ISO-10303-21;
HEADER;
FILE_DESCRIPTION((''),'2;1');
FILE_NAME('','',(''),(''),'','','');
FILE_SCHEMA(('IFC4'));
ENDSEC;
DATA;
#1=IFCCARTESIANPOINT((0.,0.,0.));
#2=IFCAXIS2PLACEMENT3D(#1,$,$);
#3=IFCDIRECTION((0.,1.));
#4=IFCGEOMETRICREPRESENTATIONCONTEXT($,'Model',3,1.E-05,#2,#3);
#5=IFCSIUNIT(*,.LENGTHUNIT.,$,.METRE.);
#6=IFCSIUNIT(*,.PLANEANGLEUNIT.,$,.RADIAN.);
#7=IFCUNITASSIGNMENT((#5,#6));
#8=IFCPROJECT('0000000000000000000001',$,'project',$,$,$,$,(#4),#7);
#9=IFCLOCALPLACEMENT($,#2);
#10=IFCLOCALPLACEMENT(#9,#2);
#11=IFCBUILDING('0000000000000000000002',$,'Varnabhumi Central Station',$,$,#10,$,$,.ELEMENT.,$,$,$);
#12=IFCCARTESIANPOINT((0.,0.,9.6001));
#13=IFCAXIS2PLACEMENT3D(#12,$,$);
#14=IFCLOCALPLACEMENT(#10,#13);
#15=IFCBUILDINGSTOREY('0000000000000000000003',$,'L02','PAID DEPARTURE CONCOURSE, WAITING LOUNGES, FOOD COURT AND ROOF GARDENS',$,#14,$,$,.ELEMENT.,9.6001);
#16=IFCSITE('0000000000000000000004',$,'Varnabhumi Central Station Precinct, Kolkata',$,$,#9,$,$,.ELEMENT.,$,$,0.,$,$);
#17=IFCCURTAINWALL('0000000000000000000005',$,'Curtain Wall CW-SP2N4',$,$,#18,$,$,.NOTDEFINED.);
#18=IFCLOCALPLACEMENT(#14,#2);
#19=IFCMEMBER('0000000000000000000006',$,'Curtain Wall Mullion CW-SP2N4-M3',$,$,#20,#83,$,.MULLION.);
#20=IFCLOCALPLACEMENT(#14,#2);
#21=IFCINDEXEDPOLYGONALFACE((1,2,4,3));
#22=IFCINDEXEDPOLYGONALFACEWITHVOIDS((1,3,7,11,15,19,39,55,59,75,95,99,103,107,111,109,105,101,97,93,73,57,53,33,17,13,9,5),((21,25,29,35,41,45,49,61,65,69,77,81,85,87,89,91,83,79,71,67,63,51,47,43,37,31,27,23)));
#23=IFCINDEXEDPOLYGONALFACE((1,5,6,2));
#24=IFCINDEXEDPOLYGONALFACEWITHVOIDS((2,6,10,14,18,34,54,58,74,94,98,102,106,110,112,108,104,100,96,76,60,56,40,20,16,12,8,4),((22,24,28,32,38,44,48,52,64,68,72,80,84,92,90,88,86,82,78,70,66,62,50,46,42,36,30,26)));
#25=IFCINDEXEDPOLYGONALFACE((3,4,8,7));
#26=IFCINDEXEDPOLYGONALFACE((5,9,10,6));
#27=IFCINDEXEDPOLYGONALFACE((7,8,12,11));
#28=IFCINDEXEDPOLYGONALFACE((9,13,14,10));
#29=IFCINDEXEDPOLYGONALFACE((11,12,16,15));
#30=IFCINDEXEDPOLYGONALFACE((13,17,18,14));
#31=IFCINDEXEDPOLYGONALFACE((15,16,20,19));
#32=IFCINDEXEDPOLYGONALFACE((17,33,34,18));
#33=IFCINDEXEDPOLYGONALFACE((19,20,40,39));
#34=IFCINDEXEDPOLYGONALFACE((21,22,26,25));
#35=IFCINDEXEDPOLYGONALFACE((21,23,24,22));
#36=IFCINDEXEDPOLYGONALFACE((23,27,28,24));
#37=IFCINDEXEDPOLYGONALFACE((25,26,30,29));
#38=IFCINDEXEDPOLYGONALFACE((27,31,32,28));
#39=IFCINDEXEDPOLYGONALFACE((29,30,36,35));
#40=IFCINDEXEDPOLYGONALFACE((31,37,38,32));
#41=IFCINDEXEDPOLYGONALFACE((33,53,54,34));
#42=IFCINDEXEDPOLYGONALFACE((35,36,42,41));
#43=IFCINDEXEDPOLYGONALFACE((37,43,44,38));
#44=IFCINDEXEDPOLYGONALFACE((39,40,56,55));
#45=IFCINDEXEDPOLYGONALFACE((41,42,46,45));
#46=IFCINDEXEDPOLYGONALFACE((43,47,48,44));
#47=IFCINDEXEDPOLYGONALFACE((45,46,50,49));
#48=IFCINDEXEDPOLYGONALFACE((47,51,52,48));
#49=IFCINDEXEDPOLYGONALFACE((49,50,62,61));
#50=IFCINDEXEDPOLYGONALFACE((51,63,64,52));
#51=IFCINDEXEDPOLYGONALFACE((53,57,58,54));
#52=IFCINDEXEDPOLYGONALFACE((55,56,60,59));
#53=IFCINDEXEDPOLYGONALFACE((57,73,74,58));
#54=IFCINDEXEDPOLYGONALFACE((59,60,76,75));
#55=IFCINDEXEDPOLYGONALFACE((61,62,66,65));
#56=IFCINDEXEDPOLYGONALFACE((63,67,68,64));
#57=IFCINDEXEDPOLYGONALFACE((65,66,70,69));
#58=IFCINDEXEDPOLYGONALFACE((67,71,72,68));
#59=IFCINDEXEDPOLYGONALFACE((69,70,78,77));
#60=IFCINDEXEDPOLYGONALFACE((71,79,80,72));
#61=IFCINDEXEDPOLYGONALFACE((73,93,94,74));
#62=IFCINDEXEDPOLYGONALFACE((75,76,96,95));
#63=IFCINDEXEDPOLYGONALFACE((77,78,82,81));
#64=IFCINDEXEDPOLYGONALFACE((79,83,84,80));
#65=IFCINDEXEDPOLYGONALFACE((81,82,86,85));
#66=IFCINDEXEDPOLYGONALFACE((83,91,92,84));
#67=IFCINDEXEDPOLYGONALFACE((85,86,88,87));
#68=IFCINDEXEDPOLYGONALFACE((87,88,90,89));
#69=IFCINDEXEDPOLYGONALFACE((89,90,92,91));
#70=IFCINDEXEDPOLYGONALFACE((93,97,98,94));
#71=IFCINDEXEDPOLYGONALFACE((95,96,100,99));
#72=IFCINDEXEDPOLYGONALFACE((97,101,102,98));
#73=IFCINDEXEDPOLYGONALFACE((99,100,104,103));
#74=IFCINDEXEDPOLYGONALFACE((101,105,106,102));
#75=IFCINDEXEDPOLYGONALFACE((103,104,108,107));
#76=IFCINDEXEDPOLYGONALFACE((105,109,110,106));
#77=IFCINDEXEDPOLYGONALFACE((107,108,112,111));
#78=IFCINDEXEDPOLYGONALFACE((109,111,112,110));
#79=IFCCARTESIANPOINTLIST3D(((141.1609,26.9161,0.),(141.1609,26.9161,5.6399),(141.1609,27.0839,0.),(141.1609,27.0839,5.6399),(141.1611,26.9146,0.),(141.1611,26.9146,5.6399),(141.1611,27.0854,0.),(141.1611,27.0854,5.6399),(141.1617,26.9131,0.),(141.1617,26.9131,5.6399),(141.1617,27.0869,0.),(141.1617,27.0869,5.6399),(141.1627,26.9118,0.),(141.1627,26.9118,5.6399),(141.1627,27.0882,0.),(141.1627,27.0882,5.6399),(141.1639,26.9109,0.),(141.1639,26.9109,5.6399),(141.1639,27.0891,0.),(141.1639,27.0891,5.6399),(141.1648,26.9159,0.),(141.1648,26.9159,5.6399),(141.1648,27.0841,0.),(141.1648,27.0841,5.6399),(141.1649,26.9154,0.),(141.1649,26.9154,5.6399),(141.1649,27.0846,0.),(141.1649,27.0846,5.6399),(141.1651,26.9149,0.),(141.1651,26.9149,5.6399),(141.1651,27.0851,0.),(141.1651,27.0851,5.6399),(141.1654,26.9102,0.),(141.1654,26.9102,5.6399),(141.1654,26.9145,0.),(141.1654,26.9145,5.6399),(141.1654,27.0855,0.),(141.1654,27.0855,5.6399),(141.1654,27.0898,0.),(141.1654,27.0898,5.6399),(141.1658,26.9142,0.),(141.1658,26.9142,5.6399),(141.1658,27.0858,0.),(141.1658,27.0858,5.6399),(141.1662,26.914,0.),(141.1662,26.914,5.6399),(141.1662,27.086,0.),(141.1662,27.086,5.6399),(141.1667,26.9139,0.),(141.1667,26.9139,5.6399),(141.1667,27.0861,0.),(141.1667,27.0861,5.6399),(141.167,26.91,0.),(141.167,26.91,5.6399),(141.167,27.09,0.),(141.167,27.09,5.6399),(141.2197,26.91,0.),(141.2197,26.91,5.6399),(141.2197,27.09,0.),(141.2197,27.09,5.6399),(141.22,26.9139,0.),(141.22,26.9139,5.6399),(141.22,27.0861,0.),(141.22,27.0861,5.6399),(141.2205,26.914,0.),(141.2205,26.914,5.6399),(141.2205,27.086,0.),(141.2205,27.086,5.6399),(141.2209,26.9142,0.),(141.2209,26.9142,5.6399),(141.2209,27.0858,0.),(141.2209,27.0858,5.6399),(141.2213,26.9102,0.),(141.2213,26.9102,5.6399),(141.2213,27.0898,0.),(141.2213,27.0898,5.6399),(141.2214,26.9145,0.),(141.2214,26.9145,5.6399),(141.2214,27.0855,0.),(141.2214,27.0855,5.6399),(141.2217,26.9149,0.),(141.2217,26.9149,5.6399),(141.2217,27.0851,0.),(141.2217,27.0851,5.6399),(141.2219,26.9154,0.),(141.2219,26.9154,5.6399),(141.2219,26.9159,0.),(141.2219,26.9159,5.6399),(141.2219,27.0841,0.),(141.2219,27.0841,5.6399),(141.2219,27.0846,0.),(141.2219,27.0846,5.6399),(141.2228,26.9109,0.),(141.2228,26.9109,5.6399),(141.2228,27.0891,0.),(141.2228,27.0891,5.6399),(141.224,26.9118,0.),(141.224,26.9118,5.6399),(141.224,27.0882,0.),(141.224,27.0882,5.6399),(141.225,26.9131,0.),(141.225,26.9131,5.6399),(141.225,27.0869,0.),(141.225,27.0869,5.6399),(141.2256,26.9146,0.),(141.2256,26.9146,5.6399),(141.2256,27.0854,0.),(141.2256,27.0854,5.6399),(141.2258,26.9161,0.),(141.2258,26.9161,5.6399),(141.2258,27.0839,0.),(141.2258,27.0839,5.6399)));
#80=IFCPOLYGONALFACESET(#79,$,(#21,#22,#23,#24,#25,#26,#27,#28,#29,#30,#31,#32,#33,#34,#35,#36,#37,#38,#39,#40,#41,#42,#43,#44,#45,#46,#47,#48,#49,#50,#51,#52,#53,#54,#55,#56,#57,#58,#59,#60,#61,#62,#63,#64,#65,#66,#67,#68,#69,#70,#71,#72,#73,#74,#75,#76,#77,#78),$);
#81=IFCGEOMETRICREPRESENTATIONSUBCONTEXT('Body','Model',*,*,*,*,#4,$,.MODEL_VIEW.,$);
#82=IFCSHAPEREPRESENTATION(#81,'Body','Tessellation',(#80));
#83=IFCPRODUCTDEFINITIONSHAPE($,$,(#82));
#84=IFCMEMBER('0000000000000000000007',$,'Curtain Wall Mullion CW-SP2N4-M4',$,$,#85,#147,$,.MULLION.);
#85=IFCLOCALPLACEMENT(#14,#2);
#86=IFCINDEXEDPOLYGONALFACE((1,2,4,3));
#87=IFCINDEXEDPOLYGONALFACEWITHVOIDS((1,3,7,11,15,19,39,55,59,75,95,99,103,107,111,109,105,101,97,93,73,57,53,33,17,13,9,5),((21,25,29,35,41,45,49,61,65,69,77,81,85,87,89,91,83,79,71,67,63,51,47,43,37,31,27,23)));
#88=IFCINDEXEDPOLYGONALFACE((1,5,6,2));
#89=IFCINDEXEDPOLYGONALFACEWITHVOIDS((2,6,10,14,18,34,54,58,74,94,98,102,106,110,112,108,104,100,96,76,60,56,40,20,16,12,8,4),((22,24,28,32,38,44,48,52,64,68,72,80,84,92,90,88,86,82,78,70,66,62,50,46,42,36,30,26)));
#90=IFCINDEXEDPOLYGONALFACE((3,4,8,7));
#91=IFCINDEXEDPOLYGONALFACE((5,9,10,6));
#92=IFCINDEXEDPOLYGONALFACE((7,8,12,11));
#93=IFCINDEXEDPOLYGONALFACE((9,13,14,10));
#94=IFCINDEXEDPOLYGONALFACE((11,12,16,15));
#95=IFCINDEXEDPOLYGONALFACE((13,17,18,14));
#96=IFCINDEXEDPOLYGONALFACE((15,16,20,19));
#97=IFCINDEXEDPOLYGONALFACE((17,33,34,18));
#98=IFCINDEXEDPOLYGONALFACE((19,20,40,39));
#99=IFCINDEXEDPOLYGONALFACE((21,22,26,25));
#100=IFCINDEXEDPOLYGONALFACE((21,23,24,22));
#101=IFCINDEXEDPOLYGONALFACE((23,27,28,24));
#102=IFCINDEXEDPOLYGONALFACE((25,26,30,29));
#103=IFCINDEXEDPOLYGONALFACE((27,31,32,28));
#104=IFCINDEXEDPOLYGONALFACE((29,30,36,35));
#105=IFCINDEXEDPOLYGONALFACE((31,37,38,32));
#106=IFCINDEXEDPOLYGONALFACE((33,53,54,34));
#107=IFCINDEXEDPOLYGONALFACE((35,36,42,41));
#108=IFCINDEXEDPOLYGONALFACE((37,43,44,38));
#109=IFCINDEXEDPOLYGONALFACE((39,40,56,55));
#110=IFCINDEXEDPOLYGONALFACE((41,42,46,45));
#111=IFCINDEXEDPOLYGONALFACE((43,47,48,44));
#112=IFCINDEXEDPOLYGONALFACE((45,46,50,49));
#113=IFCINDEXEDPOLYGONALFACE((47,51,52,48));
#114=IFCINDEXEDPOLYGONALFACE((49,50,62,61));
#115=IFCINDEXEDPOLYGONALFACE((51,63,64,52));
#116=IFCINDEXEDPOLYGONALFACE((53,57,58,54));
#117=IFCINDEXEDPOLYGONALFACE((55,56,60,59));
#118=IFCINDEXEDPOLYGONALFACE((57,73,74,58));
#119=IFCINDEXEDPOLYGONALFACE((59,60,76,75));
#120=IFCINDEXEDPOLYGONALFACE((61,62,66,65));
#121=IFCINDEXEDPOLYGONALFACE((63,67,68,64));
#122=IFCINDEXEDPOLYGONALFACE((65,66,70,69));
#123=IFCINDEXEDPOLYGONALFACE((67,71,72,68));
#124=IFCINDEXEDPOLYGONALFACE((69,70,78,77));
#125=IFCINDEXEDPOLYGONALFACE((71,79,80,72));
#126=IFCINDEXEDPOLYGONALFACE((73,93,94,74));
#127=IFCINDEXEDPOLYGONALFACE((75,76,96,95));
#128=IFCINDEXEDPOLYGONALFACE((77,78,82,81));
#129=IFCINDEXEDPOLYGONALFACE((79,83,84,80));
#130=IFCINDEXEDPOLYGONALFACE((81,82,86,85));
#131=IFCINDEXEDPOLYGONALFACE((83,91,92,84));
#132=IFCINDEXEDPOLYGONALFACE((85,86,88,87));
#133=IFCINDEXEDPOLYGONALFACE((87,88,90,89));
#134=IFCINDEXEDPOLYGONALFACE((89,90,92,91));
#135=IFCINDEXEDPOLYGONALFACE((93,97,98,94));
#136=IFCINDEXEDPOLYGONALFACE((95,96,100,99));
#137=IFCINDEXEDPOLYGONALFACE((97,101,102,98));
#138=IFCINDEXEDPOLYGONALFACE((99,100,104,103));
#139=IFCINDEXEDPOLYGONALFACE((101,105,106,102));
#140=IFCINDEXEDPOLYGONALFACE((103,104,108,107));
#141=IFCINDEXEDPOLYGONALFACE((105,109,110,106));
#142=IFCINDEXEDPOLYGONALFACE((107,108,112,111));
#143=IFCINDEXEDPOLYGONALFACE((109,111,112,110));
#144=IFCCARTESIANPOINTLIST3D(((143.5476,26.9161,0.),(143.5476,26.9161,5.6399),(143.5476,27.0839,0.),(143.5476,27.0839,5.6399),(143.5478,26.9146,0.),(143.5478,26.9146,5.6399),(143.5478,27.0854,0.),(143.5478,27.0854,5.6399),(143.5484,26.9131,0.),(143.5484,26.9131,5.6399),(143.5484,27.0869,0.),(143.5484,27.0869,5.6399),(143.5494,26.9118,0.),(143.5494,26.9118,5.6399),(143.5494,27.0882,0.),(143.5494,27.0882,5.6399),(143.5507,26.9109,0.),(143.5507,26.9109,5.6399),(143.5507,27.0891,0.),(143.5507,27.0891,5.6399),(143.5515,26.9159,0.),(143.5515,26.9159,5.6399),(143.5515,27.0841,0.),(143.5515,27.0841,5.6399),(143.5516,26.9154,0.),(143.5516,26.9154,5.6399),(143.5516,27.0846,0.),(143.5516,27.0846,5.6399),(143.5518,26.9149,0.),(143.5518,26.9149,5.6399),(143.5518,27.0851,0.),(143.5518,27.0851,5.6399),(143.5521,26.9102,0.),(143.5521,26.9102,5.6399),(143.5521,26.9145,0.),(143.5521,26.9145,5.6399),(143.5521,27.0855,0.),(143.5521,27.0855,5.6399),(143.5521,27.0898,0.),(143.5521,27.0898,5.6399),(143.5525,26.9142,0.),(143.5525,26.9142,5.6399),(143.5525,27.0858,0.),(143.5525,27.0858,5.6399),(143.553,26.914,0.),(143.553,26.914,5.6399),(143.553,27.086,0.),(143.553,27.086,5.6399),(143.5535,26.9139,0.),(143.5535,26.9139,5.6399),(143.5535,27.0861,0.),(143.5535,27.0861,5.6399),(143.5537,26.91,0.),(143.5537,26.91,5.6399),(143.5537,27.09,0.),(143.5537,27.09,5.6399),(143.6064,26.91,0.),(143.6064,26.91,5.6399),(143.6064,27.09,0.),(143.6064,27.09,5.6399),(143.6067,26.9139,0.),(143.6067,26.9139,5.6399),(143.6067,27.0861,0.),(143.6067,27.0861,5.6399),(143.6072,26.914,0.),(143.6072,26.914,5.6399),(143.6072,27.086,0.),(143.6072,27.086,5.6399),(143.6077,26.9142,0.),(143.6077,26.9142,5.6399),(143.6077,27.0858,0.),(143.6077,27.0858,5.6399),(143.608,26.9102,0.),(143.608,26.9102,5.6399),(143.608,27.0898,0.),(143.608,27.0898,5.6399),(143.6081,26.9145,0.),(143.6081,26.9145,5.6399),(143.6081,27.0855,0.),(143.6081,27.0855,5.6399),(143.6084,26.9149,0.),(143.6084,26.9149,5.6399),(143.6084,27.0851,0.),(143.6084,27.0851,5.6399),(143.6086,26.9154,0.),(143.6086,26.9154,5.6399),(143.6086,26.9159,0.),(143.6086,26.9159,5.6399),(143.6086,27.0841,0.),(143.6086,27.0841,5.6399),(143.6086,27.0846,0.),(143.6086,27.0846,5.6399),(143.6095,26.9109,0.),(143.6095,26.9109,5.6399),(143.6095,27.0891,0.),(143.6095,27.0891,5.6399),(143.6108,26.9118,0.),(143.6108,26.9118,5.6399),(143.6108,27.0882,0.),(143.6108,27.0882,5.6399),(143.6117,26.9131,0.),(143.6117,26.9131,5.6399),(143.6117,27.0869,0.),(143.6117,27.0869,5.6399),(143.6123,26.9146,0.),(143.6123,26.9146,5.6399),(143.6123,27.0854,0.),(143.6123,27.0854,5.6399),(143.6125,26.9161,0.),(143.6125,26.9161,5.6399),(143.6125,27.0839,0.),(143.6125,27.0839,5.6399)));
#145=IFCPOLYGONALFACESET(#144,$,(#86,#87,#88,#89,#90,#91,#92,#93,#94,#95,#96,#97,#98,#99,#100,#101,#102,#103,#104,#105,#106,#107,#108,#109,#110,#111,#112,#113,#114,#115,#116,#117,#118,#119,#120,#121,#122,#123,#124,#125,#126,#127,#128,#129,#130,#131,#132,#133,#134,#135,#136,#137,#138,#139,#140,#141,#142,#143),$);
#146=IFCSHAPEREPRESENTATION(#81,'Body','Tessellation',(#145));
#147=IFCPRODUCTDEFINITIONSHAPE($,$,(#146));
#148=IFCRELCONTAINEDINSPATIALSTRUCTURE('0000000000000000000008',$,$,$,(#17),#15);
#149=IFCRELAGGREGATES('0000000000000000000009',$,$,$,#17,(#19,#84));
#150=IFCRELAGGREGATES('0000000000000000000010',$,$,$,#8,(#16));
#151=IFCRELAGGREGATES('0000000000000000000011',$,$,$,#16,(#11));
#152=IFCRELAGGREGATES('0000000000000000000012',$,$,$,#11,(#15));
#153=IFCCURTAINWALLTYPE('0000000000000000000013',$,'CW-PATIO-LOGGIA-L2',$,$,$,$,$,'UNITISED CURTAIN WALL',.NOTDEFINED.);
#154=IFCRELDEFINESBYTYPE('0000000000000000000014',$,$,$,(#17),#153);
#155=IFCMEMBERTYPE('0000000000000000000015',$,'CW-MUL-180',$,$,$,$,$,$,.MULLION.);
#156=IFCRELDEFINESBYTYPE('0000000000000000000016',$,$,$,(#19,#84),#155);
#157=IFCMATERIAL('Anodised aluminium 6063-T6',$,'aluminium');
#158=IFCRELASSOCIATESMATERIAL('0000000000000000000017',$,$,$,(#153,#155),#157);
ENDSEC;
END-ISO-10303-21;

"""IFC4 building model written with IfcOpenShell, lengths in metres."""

from ifc_helpers import new_model, si_unit, direction, frame, origin, origin_2d, place, context, subcontext, project, spatial, hollow_rectangle, extrude, material, material_profile, profile_set, type_object, element, aggregate, save


model = new_model("IFC4")

# Units and contexts
model_context = context("Model", 3, precision=1e-05, world=origin(), true_north=direction((0.0, 1.0)))
body_context = subcontext(model_context, "Body", "Model", "MODEL_VIEW")
ifc_project = project(units=[si_unit("LENGTHUNIT", "METRE"), si_unit("PLANEANGLEUNIT", "RADIAN")], contexts=[model_context])

# Site, building, storey
site_placement = place(None, origin())
site = spatial("IfcSite", under=ifc_project, at=site_placement, Name="Varnabhumi Central Station Precinct, Kolkata", CompositionType="ELEMENT", RefElevation=0.0)
building_placement = place(site_placement, origin())
building = spatial("IfcBuilding", under=site, at=building_placement, Name="Varnabhumi Central Station", CompositionType="ELEMENT")
storey_placement = place(building_placement, frame((0.0, 0.0, 9.6001)))
storey = spatial("IfcBuildingStorey", under=building, at=storey_placement, Name="L02", Description="PAID DEPARTURE CONCOURSE, WAITING LOUNGES, FOOD COURT AND ROOF GARDENS", CompositionType="ELEMENT", Elevation=9.6001)

# Curtain wall, members
ifc_material_1 = material(Name="Anodised aluminium 6063-T6", Category="aluminium")
curtain_wall_type = type_object("IfcCurtainWallType", Name="CW-PATIO-LOGGIA-L2", ElementType="UNITISED CURTAIN WALL", PredefinedType="NOTDEFINED", material=ifc_material_1)
ifc_material_profile_1 = material_profile(ifc_material_1, hollow_rectangle(XDim=0.0649, YDim=0.1799, WallThickness=0.0039, InnerFilletRadius=0.002, OuterFilletRadius=0.0061, at=origin_2d()), Name="Anodised aluminium 6063-T6", Category="aluminium")
ifc_profile_set_1 = profile_set([ifc_material_profile_1], Name="Anodised aluminium 6063-T6")
member_type_1 = type_object("IfcMemberType", Name="CW-MUL-180", PredefinedType="MULLION", material=ifc_profile_set_1)
curtain_wall_1_placement = place(storey_placement, origin())
curtain_wall_1 = element("IfcCurtainWall", 1, at=curtain_wall_1_placement, inside=storey, type_object=curtain_wall_type, Name="Curtain Wall CW-SP2N4", PredefinedType="NOTDEFINED")
member_1_placement = place(storey_placement, frame((141.1934, 27.0, 0.0), z_axis=(0.0, 0.0, 1.0), x_axis=(1.0, 0.0, 0.0)))
member_1 = element("IfcMember", 2, at=member_1_placement, type_object=member_type_1, Name="Curtain Wall Mullion CW-SP2N4-M3", PredefinedType="MULLION", context=body_context, shape_type="SweptSolid", body=[
    extrude(hollow_rectangle(XDim=0.0649, YDim=0.1799, WallThickness=0.0039, InnerFilletRadius=0.002, OuterFilletRadius=0.0061, at=origin_2d()), origin(), (0.0, 0.0, 1.0), 5.6399),
])
member_2_placement = place(storey_placement, frame((143.5801, 27.0, 0.0), z_axis=(0.0, 0.0, 1.0), x_axis=(1.0, 0.0, 0.0)))
member_2 = element("IfcMember", 3, at=member_2_placement, type_object=member_type_1, Name="Curtain Wall Mullion CW-SP2N4-M4", PredefinedType="MULLION", context=body_context, shape_type="SweptSolid", body=[
    extrude(hollow_rectangle(XDim=0.0649, YDim=0.1799, WallThickness=0.0039, InnerFilletRadius=0.002, OuterFilletRadius=0.0061, at=origin_2d()), origin(), (0.0, 0.0, 1.0), 5.6399),
])

aggregate(curtain_wall_1, [member_1, member_2])

save(model, "model.ifc")
